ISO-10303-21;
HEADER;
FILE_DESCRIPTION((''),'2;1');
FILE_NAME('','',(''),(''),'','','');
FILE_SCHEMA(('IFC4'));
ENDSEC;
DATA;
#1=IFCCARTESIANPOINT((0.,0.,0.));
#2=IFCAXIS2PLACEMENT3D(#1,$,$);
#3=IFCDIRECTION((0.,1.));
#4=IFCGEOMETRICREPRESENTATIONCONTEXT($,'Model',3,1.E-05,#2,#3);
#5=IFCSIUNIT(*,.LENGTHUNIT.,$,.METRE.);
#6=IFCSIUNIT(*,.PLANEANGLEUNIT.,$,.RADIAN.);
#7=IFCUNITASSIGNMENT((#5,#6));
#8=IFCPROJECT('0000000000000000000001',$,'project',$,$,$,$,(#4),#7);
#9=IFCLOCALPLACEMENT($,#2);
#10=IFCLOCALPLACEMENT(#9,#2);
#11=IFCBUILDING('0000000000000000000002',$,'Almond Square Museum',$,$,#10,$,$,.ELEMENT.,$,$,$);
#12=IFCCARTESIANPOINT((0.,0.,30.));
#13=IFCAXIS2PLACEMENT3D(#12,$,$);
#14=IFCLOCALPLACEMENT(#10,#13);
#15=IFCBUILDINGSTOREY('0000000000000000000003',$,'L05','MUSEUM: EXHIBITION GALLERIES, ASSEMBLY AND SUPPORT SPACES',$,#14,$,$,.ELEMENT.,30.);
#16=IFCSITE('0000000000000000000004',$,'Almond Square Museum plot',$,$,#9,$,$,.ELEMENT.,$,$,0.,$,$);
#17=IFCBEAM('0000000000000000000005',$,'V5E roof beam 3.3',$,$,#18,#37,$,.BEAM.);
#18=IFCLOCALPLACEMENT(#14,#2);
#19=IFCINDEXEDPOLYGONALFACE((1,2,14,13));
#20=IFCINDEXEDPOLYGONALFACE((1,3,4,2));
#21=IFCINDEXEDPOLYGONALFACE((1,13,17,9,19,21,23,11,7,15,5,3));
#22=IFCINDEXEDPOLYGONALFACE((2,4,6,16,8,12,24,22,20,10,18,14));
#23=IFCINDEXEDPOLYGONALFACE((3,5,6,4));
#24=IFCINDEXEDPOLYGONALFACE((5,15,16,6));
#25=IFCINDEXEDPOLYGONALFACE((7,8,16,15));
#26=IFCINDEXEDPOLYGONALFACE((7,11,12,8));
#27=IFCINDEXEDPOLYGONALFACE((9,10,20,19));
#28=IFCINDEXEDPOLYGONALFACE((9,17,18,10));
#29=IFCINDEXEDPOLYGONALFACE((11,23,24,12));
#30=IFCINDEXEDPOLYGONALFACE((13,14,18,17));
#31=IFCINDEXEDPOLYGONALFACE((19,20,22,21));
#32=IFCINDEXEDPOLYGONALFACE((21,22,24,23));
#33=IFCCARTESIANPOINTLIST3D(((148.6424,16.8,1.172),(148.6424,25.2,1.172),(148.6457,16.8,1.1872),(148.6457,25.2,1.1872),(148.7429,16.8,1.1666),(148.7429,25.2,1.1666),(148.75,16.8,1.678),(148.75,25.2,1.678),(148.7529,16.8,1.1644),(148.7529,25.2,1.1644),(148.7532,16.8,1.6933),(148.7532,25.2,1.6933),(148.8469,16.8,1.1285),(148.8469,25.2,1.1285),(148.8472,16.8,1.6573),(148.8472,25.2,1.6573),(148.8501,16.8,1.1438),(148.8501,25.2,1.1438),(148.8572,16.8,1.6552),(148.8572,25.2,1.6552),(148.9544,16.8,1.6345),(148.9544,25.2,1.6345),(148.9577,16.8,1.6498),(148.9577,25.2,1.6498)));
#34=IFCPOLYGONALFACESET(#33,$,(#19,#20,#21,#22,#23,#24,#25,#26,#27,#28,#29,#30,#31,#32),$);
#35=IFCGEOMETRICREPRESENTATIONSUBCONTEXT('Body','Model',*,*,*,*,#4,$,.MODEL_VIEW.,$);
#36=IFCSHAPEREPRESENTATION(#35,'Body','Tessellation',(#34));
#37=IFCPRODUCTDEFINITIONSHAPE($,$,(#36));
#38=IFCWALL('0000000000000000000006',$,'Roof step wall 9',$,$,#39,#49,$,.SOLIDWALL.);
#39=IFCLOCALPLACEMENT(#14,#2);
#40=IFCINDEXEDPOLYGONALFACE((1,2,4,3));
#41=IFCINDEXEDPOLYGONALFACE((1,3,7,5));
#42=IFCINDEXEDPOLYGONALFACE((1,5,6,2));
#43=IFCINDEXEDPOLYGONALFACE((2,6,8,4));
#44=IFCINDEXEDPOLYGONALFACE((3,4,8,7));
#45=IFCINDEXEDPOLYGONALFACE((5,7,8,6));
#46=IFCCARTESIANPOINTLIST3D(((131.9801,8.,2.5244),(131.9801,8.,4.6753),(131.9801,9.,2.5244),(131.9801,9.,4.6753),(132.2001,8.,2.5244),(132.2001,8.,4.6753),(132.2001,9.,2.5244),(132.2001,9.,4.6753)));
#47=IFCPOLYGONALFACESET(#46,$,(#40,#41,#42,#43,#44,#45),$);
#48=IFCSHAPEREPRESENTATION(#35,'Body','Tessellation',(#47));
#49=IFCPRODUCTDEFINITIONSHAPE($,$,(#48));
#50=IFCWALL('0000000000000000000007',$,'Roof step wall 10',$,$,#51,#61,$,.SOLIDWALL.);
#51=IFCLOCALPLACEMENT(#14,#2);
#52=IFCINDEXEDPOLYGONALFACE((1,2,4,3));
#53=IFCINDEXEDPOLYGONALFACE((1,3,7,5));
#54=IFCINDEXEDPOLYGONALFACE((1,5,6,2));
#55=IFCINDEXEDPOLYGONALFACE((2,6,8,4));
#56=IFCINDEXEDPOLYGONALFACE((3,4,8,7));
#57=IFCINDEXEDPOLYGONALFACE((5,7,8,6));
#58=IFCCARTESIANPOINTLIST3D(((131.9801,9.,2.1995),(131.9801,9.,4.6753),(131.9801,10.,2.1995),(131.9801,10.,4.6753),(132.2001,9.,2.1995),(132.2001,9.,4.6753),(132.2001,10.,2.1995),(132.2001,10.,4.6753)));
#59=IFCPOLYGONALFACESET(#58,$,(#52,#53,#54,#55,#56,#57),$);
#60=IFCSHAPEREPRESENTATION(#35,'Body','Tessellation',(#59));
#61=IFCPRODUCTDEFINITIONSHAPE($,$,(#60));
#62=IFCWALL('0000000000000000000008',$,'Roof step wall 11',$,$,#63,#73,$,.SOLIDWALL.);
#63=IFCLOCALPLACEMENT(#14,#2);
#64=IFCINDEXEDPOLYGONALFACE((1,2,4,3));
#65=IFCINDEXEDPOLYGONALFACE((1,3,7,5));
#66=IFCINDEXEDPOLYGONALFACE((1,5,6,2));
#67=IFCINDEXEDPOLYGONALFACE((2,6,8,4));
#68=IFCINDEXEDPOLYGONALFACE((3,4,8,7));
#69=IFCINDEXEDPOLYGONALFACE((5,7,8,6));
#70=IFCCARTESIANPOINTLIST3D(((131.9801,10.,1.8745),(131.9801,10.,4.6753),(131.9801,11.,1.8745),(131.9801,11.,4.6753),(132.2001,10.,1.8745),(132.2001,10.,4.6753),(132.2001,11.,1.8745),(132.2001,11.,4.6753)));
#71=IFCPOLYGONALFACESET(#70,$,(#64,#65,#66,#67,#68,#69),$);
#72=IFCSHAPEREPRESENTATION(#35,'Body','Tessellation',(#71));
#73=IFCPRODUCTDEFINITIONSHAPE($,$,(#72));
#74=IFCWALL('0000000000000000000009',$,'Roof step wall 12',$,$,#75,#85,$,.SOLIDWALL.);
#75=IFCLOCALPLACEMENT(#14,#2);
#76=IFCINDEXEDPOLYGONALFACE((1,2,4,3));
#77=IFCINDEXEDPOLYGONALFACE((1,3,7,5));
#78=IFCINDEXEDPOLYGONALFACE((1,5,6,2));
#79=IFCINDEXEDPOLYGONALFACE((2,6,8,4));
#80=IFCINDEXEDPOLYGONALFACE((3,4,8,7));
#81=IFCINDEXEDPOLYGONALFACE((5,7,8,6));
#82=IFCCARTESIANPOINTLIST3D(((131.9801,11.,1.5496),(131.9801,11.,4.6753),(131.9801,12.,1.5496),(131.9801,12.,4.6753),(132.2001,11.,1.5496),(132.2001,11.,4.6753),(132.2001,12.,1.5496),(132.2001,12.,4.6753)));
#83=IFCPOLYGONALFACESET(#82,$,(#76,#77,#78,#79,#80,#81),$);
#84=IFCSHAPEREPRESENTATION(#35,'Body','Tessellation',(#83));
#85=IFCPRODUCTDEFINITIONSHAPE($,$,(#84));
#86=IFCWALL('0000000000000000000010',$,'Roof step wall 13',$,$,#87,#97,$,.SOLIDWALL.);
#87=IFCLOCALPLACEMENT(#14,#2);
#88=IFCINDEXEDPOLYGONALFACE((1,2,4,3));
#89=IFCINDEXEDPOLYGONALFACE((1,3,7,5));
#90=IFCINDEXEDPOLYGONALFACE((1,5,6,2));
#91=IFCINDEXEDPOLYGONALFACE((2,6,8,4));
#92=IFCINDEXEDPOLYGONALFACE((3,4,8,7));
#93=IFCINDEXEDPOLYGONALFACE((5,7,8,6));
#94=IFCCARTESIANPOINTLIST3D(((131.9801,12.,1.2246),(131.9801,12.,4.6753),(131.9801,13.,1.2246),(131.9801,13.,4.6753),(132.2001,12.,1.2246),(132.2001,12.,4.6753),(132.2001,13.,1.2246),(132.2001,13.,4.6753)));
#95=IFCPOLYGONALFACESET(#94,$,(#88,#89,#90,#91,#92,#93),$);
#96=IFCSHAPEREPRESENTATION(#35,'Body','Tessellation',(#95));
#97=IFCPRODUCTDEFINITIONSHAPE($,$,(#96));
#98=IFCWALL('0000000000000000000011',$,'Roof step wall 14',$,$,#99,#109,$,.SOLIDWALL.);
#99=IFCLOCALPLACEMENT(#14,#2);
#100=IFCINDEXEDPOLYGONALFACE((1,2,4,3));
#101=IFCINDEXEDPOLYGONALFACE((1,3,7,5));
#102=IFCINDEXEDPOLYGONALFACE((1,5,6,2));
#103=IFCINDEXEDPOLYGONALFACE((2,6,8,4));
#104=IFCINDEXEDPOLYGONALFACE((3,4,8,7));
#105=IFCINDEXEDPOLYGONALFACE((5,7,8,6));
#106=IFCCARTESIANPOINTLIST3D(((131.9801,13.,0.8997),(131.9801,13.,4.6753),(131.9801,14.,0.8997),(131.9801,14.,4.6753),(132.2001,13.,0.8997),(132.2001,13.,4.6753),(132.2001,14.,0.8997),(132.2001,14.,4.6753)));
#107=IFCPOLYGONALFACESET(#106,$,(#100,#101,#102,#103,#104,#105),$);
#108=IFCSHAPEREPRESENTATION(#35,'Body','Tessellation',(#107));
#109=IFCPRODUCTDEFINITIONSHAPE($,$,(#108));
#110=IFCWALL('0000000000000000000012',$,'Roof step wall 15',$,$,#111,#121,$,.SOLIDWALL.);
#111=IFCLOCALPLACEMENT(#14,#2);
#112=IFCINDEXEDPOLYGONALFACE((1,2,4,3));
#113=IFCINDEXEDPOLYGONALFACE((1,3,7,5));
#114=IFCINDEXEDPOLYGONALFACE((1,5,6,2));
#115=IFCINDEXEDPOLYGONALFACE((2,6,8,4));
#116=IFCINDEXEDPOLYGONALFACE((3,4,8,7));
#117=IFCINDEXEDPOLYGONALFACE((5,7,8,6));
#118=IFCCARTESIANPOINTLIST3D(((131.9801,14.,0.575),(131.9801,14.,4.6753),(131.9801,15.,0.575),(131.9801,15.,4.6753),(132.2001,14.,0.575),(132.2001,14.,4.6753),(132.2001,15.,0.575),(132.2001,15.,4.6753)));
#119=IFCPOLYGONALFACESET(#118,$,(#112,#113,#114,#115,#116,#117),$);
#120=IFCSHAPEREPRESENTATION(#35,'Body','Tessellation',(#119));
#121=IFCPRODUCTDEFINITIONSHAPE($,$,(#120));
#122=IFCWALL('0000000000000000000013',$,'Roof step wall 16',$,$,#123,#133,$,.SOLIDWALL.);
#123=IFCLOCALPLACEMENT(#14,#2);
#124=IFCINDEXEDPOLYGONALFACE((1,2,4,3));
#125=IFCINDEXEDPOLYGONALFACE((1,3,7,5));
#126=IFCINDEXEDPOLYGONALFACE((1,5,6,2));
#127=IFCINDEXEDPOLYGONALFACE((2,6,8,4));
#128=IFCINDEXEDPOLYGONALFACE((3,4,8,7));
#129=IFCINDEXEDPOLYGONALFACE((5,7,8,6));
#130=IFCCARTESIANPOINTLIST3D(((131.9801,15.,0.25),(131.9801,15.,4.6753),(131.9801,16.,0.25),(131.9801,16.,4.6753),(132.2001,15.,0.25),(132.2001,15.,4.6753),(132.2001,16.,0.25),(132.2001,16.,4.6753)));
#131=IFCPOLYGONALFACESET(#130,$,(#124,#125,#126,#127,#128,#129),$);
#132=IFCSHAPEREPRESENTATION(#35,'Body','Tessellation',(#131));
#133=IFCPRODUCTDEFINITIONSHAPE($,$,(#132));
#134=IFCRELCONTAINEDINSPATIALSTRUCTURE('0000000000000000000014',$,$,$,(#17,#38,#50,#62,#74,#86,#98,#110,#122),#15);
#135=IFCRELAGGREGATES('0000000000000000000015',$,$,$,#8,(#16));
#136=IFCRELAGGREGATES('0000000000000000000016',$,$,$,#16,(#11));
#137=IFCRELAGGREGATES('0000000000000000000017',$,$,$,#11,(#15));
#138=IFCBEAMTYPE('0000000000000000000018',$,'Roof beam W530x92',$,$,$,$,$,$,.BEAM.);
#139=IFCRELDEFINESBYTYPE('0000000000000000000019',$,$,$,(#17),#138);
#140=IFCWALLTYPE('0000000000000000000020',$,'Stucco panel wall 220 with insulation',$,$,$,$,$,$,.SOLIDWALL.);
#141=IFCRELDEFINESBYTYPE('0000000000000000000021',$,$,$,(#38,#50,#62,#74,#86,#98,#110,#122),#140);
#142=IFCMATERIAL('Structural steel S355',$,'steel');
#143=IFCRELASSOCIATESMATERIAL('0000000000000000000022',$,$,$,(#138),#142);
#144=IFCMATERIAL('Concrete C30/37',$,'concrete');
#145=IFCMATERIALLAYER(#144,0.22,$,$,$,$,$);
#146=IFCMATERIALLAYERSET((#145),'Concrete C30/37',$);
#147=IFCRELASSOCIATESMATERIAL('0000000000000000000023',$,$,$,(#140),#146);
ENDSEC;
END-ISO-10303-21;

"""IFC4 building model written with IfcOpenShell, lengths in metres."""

from ifc_helpers import new_model, si_unit, direction, frame, frame_2d, origin, origin_2d, place, context, subcontext, project, spatial, rectangle, i_section, extrude, material, layer, layer_set, material_profile, profile_set, type_object, element, save


model = new_model("IFC4")

# Units and contexts
model_context = context("Model", 3, precision=1e-05, world=origin(), true_north=direction((0.0, 1.0)))
body_context = subcontext(model_context, "Body", "Model", "MODEL_VIEW")
ifc_project = project(units=[si_unit("LENGTHUNIT", "METRE"), si_unit("PLANEANGLEUNIT", "RADIAN")], contexts=[model_context])

# Site, building, storey
site_placement = place(None, origin())
site = spatial("IfcSite", under=ifc_project, at=site_placement, Name="Almond Square Museum plot", CompositionType="ELEMENT", RefElevation=0.0)
building_placement = place(site_placement, origin())
building = spatial("IfcBuilding", under=site, at=building_placement, Name="Almond Square Museum", CompositionType="ELEMENT")
storey_placement = place(building_placement, frame((0.0, 0.0, 30.0)))
storey = spatial("IfcBuildingStorey", under=building, at=storey_placement, Name="L05", Description="MUSEUM: EXHIBITION GALLERIES, ASSEMBLY AND SUPPORT SPACES", CompositionType="ELEMENT", Elevation=30.0)

# Beam
ifc_material_1 = material(Name="Structural steel S355", Category="steel")
ifc_material_profile_1 = material_profile(ifc_material_1, i_section(OverallWidth=0.209, OverallDepth=0.533, WebThickness=0.0103, FlangeThickness=0.0156, at=origin_2d()))
ifc_profile_set_1 = profile_set([ifc_material_profile_1], Name="Structural steel S355")
beam_type = type_object("IfcBeamType", Name="Roof beam W530x92", PredefinedType="BEAM", material=ifc_profile_set_1)
beam_1_placement = place(storey_placement, frame((148.8, 16.8, 1.4109), z_axis=(0.0, 1.0, 0.0), x_axis=(-0.978148, 0.0, 0.207912)))
element("IfcBeam", 1, at=beam_1_placement, inside=storey, type_object=beam_type, Name="V5E roof beam 3.3", PredefinedType="BEAM", context=body_context, shape_type="SweptSolid", body=[
    extrude(i_section(OverallWidth=0.209, OverallDepth=0.533, WebThickness=0.0103, FlangeThickness=0.0156, at=origin_2d()), origin(), (0.0, 0.0, 1.0), 8.3999),
])

# Walls
ifc_material_2 = material(Name="Concrete C30/37", Category="concrete")
ifc_layer = layer(ifc_material_2, 0.22)
ifc_layer_set = layer_set([ifc_layer], Name="Concrete C30/37")
wall_type = type_object("IfcWallType", Name="Stucco panel wall 220 with insulation", PredefinedType="SOLIDWALL", material=ifc_layer_set)
wall_1_placement = place(storey_placement, frame((132.0901, 8.0, 2.5244), z_axis=(0.0, 0.0, 1.0), x_axis=(0.0, 1.0, 0.0)))
element("IfcWall", 2, at=wall_1_placement, inside=storey, type_object=wall_type, Name="Roof step wall 9", PredefinedType="SOLIDWALL", context=body_context, shape_type="SweptSolid", body=[
    extrude(rectangle(XDim=1.0, YDim=0.22, at=frame_2d((0.5, 0.0))), origin(), (0.0, 0.0, 1.0), 2.1509),
])
wall_2_placement = place(storey_placement, frame((132.0901, 9.0, 2.1995), z_axis=(0.0, 0.0, 1.0), x_axis=(0.0, 1.0, 0.0)))
element("IfcWall", 3, at=wall_2_placement, inside=storey, type_object=wall_type, Name="Roof step wall 10", PredefinedType="SOLIDWALL", context=body_context, shape_type="SweptSolid", body=[
    extrude(rectangle(XDim=1.0, YDim=0.22, at=frame_2d((0.5, 0.0))), origin(), (0.0, 0.0, 1.0), 2.4758),
])
wall_3_placement = place(storey_placement, frame((132.0901, 10.0, 1.8745), z_axis=(0.0, 0.0, 1.0), x_axis=(0.0, 1.0, 0.0)))
element("IfcWall", 4, at=wall_3_placement, inside=storey, type_object=wall_type, Name="Roof step wall 11", PredefinedType="SOLIDWALL", context=body_context, shape_type="SweptSolid", body=[
    extrude(rectangle(XDim=1.0, YDim=0.22, at=frame_2d((0.5, 0.0))), origin(), (0.0, 0.0, 1.0), 2.8008),
])
wall_4_placement = place(storey_placement, frame((132.0901, 11.0, 1.5496), z_axis=(0.0, 0.0, 1.0), x_axis=(0.0, 1.0, 0.0)))
element("IfcWall", 5, at=wall_4_placement, inside=storey, type_object=wall_type, Name="Roof step wall 12", PredefinedType="SOLIDWALL", context=body_context, shape_type="SweptSolid", body=[
    extrude(rectangle(XDim=1.0, YDim=0.22, at=frame_2d((0.5, 0.0))), origin(), (0.0, 0.0, 1.0), 3.1257),
])
wall_5_placement = place(storey_placement, frame((132.0901, 12.0, 1.2246), z_axis=(0.0, 0.0, 1.0), x_axis=(0.0, 1.0, 0.0)))
element("IfcWall", 6, at=wall_5_placement, inside=storey, type_object=wall_type, Name="Roof step wall 13", PredefinedType="SOLIDWALL", context=body_context, shape_type="SweptSolid", body=[
    extrude(rectangle(XDim=1.0, YDim=0.22, at=frame_2d((0.5, 0.0))), origin(), (0.0, 0.0, 1.0), 3.4507),
])
wall_6_placement = place(storey_placement, frame((132.0901, 13.0, 0.8997), z_axis=(0.0, 0.0, 1.0), x_axis=(0.0, 1.0, 0.0)))
element("IfcWall", 7, at=wall_6_placement, inside=storey, type_object=wall_type, Name="Roof step wall 14", PredefinedType="SOLIDWALL", context=body_context, shape_type="SweptSolid", body=[
    extrude(rectangle(XDim=1.0, YDim=0.22, at=frame_2d((0.5, 0.0))), origin(), (0.0, 0.0, 1.0), 3.7756),
])
wall_7_placement = place(storey_placement, frame((132.0901, 14.0, 0.575), z_axis=(0.0, 0.0, 1.0), x_axis=(0.0, 1.0, 0.0)))
element("IfcWall", 8, at=wall_7_placement, inside=storey, type_object=wall_type, Name="Roof step wall 15", PredefinedType="SOLIDWALL", context=body_context, shape_type="SweptSolid", body=[
    extrude(rectangle(XDim=1.0, YDim=0.22, at=frame_2d((0.5, 0.0))), origin(), (0.0, 0.0, 1.0), 4.1003),
])
wall_8_placement = place(storey_placement, frame((132.0901, 15.0, 0.25), z_axis=(0.0, 0.0, 1.0), x_axis=(0.0, 1.0, 0.0)))
element("IfcWall", 9, at=wall_8_placement, inside=storey, type_object=wall_type, Name="Roof step wall 16", PredefinedType="SOLIDWALL", context=body_context, shape_type="SweptSolid", body=[
    extrude(rectangle(XDim=1.0, YDim=0.22, at=frame_2d((0.5, 0.0))), origin(), (0.0, 0.0, 1.0), 4.4253),
])

save(model, "model.ifc")
